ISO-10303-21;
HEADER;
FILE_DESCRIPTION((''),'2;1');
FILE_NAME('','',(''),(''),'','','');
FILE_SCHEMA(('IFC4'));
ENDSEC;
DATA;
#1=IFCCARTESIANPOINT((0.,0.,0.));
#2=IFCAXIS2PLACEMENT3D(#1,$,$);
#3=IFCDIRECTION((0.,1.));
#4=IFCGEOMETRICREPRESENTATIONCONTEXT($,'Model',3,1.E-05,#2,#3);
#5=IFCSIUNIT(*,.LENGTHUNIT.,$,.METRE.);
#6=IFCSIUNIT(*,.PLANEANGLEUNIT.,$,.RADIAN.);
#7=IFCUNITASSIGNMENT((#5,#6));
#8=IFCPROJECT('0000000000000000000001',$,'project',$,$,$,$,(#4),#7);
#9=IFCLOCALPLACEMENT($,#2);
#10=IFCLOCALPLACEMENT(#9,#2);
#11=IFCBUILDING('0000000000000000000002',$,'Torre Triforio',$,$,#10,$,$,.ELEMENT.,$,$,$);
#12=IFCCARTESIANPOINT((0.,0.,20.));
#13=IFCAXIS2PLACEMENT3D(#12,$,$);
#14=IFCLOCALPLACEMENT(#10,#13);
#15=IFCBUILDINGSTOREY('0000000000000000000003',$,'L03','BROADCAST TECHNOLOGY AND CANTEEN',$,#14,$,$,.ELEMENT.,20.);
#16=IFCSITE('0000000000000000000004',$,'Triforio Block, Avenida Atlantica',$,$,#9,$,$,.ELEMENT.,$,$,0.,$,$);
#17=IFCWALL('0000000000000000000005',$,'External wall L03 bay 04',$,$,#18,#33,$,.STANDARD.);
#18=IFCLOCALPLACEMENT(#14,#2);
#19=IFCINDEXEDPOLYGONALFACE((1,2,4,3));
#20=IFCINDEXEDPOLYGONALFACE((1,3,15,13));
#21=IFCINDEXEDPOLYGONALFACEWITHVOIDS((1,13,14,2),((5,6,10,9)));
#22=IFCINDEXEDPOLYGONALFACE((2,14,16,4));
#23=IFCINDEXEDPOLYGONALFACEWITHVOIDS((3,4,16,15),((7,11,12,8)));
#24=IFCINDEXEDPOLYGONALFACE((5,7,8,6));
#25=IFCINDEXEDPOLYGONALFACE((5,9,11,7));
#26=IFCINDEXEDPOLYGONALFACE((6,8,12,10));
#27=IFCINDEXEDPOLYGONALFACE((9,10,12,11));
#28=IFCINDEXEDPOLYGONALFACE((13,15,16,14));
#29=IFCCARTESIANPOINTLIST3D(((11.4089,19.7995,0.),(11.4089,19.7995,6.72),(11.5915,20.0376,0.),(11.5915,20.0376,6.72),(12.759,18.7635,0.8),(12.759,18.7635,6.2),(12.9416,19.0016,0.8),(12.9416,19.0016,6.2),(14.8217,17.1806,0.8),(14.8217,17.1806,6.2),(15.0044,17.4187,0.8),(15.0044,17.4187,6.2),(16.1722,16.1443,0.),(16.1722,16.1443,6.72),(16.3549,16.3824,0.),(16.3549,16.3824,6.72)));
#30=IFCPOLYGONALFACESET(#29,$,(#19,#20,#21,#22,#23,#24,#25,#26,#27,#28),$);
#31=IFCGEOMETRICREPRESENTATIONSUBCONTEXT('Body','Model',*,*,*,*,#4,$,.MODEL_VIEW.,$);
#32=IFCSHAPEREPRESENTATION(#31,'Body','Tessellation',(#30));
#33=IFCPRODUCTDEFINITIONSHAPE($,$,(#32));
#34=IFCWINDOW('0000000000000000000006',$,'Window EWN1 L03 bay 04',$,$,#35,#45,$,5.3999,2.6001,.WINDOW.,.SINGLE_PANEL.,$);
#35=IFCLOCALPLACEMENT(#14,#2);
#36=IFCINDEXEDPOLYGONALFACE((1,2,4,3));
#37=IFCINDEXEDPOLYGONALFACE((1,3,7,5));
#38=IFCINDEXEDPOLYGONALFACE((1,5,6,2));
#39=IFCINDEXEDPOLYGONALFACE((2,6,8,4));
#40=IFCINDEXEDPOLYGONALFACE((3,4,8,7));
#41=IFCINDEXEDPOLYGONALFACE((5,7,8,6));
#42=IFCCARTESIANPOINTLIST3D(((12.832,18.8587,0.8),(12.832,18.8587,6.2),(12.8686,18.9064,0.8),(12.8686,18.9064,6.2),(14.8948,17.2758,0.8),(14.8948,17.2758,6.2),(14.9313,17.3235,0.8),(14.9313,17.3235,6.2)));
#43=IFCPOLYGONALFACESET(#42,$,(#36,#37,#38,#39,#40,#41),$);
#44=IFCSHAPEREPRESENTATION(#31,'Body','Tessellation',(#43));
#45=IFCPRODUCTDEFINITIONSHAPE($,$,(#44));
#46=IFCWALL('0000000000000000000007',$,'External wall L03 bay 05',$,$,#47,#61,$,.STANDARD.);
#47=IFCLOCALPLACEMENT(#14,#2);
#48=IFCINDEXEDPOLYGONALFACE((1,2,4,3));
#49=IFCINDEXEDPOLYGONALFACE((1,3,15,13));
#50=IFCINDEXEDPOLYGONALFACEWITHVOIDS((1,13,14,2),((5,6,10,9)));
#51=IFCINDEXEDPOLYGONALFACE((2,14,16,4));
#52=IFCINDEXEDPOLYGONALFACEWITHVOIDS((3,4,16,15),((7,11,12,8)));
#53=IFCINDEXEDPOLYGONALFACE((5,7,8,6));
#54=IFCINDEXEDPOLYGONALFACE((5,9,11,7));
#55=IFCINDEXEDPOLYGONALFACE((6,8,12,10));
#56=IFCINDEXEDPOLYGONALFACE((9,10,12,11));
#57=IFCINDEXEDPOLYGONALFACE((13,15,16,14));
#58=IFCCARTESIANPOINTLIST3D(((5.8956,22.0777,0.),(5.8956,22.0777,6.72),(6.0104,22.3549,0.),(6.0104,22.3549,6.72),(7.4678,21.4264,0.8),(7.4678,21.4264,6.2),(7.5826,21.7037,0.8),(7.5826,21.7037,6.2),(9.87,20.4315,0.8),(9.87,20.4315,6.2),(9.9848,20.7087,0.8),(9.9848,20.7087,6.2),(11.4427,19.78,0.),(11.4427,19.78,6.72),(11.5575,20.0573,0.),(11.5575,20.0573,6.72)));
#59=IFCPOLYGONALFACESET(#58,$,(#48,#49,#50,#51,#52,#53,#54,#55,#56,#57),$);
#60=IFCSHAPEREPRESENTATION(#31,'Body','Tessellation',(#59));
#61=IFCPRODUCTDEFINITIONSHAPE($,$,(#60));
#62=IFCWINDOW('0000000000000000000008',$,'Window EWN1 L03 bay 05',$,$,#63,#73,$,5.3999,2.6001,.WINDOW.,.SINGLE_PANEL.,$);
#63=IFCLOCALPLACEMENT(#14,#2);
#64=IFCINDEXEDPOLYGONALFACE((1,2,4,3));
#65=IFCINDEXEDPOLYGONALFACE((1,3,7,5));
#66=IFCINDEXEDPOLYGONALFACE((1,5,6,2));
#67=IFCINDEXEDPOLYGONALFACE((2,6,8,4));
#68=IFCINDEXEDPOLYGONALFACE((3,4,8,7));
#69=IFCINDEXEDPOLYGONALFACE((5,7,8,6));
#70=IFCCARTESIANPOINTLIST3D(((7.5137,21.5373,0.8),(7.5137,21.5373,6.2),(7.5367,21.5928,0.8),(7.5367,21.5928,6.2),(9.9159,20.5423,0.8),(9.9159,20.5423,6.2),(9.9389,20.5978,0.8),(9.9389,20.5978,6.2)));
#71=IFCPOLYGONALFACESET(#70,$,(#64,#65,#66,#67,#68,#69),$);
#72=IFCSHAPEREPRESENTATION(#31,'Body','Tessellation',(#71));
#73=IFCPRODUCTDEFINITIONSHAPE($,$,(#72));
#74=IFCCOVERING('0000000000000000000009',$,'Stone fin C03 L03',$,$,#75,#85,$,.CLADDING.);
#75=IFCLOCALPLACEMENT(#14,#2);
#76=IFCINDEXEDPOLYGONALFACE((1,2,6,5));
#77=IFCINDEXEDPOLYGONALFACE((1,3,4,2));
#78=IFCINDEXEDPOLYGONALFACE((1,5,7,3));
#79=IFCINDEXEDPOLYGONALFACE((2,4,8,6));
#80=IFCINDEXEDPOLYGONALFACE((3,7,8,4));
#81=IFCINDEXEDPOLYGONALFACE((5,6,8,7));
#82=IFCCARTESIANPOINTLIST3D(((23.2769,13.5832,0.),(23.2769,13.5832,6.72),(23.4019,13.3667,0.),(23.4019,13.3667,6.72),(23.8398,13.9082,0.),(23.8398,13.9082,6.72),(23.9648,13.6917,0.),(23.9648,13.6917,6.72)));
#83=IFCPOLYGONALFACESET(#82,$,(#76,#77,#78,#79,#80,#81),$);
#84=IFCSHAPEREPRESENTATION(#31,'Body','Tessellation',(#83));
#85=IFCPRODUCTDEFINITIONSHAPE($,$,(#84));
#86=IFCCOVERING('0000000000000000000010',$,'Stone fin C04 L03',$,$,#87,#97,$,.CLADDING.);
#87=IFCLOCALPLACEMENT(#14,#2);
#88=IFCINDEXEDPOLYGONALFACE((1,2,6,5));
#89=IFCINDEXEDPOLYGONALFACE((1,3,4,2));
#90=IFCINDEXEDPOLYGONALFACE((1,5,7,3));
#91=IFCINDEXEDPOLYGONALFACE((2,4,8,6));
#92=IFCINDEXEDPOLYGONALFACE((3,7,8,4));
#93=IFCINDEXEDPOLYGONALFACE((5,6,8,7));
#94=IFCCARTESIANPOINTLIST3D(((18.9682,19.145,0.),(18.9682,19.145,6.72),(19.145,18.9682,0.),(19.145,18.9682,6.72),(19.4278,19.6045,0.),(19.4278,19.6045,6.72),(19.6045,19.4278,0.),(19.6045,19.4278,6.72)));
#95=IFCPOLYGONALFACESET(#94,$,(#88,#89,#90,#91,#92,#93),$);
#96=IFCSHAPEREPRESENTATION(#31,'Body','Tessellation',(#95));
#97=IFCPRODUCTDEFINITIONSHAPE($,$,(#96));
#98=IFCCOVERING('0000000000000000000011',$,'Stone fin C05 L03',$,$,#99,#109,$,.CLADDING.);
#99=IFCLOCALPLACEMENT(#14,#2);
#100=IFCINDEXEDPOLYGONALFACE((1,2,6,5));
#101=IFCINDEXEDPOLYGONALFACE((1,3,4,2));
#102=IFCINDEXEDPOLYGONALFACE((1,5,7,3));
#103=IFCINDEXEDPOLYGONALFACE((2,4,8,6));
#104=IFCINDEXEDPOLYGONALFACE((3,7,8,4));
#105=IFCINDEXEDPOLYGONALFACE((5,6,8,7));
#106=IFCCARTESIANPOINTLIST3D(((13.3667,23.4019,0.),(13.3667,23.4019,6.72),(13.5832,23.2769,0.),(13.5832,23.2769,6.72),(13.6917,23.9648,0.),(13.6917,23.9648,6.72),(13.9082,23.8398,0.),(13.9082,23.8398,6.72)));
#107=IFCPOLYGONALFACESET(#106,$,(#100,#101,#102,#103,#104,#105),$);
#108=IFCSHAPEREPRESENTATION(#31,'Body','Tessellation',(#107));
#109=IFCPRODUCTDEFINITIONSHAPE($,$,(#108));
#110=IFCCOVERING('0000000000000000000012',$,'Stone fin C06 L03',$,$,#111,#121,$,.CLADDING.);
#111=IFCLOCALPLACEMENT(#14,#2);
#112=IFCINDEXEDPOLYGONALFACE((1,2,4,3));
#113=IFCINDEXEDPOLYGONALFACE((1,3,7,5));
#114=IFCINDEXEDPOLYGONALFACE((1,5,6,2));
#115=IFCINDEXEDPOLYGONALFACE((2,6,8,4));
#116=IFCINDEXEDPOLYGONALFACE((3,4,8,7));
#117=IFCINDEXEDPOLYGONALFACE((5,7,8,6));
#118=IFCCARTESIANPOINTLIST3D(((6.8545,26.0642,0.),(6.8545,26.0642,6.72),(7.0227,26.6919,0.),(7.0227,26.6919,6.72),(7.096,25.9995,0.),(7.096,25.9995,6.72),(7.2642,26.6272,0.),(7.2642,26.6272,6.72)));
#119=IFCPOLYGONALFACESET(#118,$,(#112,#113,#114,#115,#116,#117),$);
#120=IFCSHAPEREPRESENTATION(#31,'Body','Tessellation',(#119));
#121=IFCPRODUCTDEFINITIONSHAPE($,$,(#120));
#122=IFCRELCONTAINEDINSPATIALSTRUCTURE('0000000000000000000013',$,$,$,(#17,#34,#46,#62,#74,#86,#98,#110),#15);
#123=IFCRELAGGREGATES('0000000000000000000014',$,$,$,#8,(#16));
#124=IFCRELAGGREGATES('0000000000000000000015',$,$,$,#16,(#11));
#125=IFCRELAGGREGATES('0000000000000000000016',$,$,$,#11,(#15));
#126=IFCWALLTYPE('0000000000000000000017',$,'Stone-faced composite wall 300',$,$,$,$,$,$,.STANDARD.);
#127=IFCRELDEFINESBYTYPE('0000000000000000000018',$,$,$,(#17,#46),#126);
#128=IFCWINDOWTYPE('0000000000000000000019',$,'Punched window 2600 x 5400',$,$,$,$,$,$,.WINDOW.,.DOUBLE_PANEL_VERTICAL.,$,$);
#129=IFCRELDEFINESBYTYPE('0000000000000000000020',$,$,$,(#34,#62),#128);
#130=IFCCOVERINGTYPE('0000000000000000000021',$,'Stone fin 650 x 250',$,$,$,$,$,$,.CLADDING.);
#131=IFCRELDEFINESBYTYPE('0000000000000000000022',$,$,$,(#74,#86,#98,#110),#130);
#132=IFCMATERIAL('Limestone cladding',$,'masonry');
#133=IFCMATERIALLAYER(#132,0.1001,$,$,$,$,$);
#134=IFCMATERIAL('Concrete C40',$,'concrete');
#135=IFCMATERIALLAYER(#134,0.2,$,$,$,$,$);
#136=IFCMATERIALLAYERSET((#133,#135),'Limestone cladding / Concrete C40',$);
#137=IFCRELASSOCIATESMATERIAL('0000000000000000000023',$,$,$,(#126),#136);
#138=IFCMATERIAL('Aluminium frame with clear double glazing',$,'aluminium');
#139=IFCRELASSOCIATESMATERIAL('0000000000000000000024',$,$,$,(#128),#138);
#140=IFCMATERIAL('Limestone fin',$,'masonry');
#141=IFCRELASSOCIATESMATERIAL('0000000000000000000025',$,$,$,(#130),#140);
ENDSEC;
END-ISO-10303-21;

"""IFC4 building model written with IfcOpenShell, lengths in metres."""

from ifc_helpers import new_model, si_unit, direction, frame, frame_2d, origin, origin_2d, place, context, subcontext, project, spatial, rectangle, extrude, material, layer, layer_set, material_profile, profile_set, type_object, element, fill, save


model = new_model("IFC4")

# Units and contexts
model_context = context("Model", 3, precision=1e-05, world=origin(), true_north=direction((0.0, 1.0)))
body_context = subcontext(model_context, "Body", "Model", "MODEL_VIEW")
ifc_project = project(units=[si_unit("LENGTHUNIT", "METRE"), si_unit("PLANEANGLEUNIT", "RADIAN")], contexts=[model_context])

# Site, building, storey
site_placement = place(None, origin())
site = spatial("IfcSite", under=ifc_project, at=site_placement, Name="Triforio Block, Avenida Atlantica", CompositionType="ELEMENT", RefElevation=0.0)
building_placement = place(site_placement, origin())
building = spatial("IfcBuilding", under=site, at=building_placement, Name="Torre Triforio", CompositionType="ELEMENT")
storey_placement = place(building_placement, frame((0.0, 0.0, 20.0)))
storey = spatial("IfcBuildingStorey", under=building, at=storey_placement, Name="L03", Description="BROADCAST TECHNOLOGY AND CANTEEN", CompositionType="ELEMENT", Elevation=20.0)

# Shared definitions
ifc_material_1 = material(Name="Limestone cladding", Category="masonry")
ifc_material_2 = material(Name="Concrete C40", Category="concrete")

# Walls, openings, windows
ifc_layer_1 = layer(ifc_material_1, 0.1001)
ifc_layer_2 = layer(ifc_material_2, 0.2)
ifc_layer_set_1 = layer_set([ifc_layer_1, ifc_layer_2], Name="Limestone cladding / Concrete C40")
wall_type_1 = type_object("IfcWallType", Name="Stone-faced composite wall 300", PredefinedType="STANDARD", material=ifc_layer_set_1)
ifc_material_3 = material(Name="Aluminium frame with clear double glazing", Category="aluminium")
window_type = type_object("IfcWindowType", Name="Punched window 2600 x 5400", PartitioningType="DOUBLE_PANEL_VERTICAL", PredefinedType="WINDOW", material=ifc_material_3)
wall_1_placement = place(storey_placement, frame((16.2634, 16.2634, 0.0), z_axis=(0.0, 0.0, 1.0), x_axis=(-0.79334, 0.608779, 0.0)))
wall_1 = element("IfcWall", 1, at=wall_1_placement, inside=storey, type_object=wall_type_1, Name="External wall L03 bay 04", PredefinedType="STANDARD", context=body_context, shape_type="SweptSolid", body=[
    extrude(rectangle(XDim=6.0042, YDim=0.3, at=frame_2d((3.002, 0.0))), origin(), (0.0, 0.0, 1.0), 6.72),
])
opening_1_placement = place(wall_1_placement, frame((1.7021, 0.0, 0.8)))
opening_1 = element("IfcOpeningElement", 2, at=opening_1_placement, cuts=wall_1, PredefinedType="OPENING", context=body_context, shape_type="SweptSolid", body=[
    extrude(rectangle(XDim=2.6001, YDim=5.3999, at=frame_2d((1.3, 2.7))), frame((0.0, 0.1599, 0.0), z_axis=(0.0, -1.0, 0.0), x_axis=(1.0, 0.0, 0.0)), (0.0, 0.0, 1.0), 0.3201),
])
window_1_placement = place(opening_1_placement, origin())
window_1 = element("IfcWindow", 3, at=window_1_placement, inside=storey, type_object=window_type, Name="Window EWN1 L03 bay 04", OverallHeight=5.3999, OverallWidth=2.6001, PartitioningType="SINGLE_PANEL", PredefinedType="WINDOW", context=body_context, shape_type="SweptSolid", body=[
    extrude(rectangle(XDim=2.6001, YDim=5.3999, at=frame_2d((1.3, 2.7))), frame((0.0, 0.03, 0.0), z_axis=(0.0, -1.0, 0.0), x_axis=(1.0, 0.0, 0.0)), (0.0, 0.0, 1.0), 0.0601),
])
fill(opening_1, window_1)
wall_2_placement = place(storey_placement, frame((11.5, 19.9187, 0.0), z_axis=(0.0, 0.0, 1.0), x_axis=(-0.923885, 0.382671, 0.0)))
wall_2 = element("IfcWall", 4, at=wall_2_placement, inside=storey, type_object=wall_type_1, Name="External wall L03 bay 05", PredefinedType="STANDARD", context=body_context, shape_type="SweptSolid", body=[
    extrude(rectangle(XDim=6.0042, YDim=0.3, at=frame_2d((3.002, 0.0))), origin(), (0.0, 0.0, 1.0), 6.72),
])
opening_2_placement = place(wall_2_placement, frame((1.7021, 0.0, 0.8)))
opening_2 = element("IfcOpeningElement", 5, at=opening_2_placement, cuts=wall_2, PredefinedType="OPENING", context=body_context, shape_type="SweptSolid", body=[
    extrude(rectangle(XDim=2.6001, YDim=5.3999, at=frame_2d((1.3, 2.7))), frame((0.0, 0.1599, 0.0), z_axis=(0.0, -1.0, 0.0), x_axis=(1.0, 0.0, 0.0)), (0.0, 0.0, 1.0), 0.3201),
])
window_2_placement = place(opening_2_placement, origin())
window_2 = element("IfcWindow", 6, at=window_2_placement, inside=storey, type_object=window_type, Name="Window EWN1 L03 bay 05", OverallHeight=5.3999, OverallWidth=2.6001, PartitioningType="SINGLE_PANEL", PredefinedType="WINDOW", context=body_context, shape_type="SweptSolid", body=[
    extrude(rectangle(XDim=2.6001, YDim=5.3999, at=frame_2d((1.3, 2.7))), frame((0.0, 0.03, 0.0), z_axis=(0.0, -1.0, 0.0), x_axis=(1.0, 0.0, 0.0)), (0.0, 0.0, 1.0), 0.0601),
])
fill(opening_2, window_2)

# Coverings
ifc_material_4 = material(Name="Limestone fin", Category="masonry")
ifc_material_profile_1 = material_profile(ifc_material_4, rectangle(XDim=0.6499, YDim=0.25, at=origin_2d()), Name="FIN 650x250")
ifc_profile_set_1 = profile_set([ifc_material_profile_1], Name="Limestone fin")
covering_type = type_object("IfcCoveringType", Name="Stone fin 650 x 250", PredefinedType="CLADDING", material=ifc_profile_set_1)
for number, where, z_axis, x_axis, name in (
    (7, (23.6208, 13.6375, 0.0), (0.0, 0.0, 1.0), (0.866025, 0.5, 0.0), "Stone fin C03 L03"),
    (8, (19.2864, 19.2864, 0.0), (0.0, 0.0, 1.0), (0.707107, 0.707107, 0.0), "Stone fin C04 L03"),
    (9, (13.6375, 23.6208, 0.0), (0.0, 0.0, 1.0), (0.5, 0.866025, 0.0), "Stone fin C05 L03"),
    (10, (7.0593, 26.3457, 0.0), (0.0, 0.0, 1.0), (0.258819, 0.965926, 0.0), "Stone fin C06 L03"),
):
    element("IfcCovering", number, at=place(storey_placement, frame(where, z_axis=z_axis, x_axis=x_axis)), inside=storey, type_object=covering_type, Name=name, PredefinedType="CLADDING", context=body_context, shape_type="SweptSolid", body=[
        extrude(rectangle(XDim=0.6499, YDim=0.25, at=origin_2d()), origin(), (0.0, 0.0, 1.0), 6.72),
    ])

save(model, "model.ifc")
